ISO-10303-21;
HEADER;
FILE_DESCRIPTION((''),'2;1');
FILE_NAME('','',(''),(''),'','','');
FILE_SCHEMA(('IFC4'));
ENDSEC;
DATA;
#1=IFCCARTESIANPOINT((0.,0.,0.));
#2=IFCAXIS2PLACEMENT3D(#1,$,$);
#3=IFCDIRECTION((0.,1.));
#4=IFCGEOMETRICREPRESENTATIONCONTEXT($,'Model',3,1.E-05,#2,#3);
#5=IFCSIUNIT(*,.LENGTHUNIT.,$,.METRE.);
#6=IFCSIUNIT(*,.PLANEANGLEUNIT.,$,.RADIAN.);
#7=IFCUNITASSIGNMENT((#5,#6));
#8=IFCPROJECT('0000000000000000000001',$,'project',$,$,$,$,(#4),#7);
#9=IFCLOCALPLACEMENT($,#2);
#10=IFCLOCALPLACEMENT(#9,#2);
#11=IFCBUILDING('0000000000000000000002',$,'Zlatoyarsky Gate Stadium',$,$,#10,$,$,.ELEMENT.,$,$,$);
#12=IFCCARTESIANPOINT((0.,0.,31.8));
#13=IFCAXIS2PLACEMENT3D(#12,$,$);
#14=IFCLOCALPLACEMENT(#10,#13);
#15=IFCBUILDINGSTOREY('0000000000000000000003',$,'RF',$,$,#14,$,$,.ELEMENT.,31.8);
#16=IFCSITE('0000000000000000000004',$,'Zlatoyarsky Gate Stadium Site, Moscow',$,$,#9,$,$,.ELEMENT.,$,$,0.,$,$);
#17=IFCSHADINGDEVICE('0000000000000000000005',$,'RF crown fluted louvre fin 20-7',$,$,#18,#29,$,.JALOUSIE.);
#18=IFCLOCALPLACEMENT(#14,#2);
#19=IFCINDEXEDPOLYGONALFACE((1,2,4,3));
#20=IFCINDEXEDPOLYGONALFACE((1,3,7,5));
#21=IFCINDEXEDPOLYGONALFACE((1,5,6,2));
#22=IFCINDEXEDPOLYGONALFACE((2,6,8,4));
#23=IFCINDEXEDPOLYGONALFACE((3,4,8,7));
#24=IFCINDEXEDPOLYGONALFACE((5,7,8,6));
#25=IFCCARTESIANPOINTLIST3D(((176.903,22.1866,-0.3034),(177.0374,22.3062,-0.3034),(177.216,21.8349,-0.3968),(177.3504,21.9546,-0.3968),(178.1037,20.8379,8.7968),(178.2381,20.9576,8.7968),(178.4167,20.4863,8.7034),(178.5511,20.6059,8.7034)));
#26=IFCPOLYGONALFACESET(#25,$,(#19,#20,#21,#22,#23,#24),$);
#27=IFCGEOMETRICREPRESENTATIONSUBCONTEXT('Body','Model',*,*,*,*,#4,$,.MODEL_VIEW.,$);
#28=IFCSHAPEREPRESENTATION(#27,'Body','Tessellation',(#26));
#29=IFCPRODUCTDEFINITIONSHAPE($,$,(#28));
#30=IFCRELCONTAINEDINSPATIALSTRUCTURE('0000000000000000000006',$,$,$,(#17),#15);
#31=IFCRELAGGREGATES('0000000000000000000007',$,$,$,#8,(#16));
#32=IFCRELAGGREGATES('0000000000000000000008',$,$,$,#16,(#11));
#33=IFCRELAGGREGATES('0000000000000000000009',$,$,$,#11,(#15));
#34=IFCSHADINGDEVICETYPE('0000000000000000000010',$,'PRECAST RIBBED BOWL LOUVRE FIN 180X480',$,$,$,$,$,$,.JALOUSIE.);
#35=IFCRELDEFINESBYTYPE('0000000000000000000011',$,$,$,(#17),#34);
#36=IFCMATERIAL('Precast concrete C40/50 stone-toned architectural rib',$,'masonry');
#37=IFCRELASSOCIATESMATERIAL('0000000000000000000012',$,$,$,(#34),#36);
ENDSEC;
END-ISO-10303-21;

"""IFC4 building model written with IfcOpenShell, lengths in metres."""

from ifc_helpers import new_model, si_unit, direction, frame, origin, origin_2d, place, context, subcontext, project, spatial, rectangle, extrude, material, material_profile, profile_set, type_object, element, save


model = new_model("IFC4")

# Units and contexts
model_context = context("Model", 3, precision=1e-05, world=origin(), true_north=direction((0.0, 1.0)))
body_context = subcontext(model_context, "Body", "Model", "MODEL_VIEW")
ifc_project = project(units=[si_unit("LENGTHUNIT", "METRE"), si_unit("PLANEANGLEUNIT", "RADIAN")], contexts=[model_context])

# Site, building, storey
site_placement = place(None, origin())
site = spatial("IfcSite", under=ifc_project, at=site_placement, Name="Zlatoyarsky Gate Stadium Site, Moscow", CompositionType="ELEMENT", RefElevation=0.0)
building_placement = place(site_placement, origin())
building = spatial("IfcBuilding", under=site, at=building_placement, Name="Zlatoyarsky Gate Stadium", CompositionType="ELEMENT")
storey_placement = place(building_placement, frame((0.0, 0.0, 31.8)))
storey = spatial("IfcBuildingStorey", under=building, at=storey_placement, Name="RF", CompositionType="ELEMENT", Elevation=31.8)

# Shading device
ifc_material_1 = material(Name="Precast concrete C40/50 stone-toned architectural rib", Category="masonry")
ifc_material_profile_1 = material_profile(ifc_material_1, rectangle(XDim=0.1799, YDim=0.48, at=origin_2d()), Name="RIB 180X480")
ifc_profile_set_1 = profile_set([ifc_material_profile_1], Name="Precast concrete C40/50 stone-toned architectural rib")
shading_device_type = type_object("IfcShadingDeviceType", Name="PRECAST RIBBED BOWL LOUVRE FIN 180X480", PredefinedType="JALOUSIE", material=ifc_profile_set_1)
shading_device_1_placement = place(storey_placement, frame((177.1267, 22.0706, -0.3501), z_axis=(0.129419, -0.145366, 0.980877), x_axis=(0.746887, 0.664951, 0.0)))
element("IfcShadingDevice", 1, at=shading_device_1_placement, inside=storey, type_object=shading_device_type, Name="RF crown fluted louvre fin 20-7", PredefinedType="JALOUSIE", context=body_context, shape_type="SweptSolid", body=[
    extrude(rectangle(XDim=0.1799, YDim=0.48, at=origin_2d()), origin(), (0.0, 0.0, 1.0), 9.2776),
])

save(model, "model.ifc")
